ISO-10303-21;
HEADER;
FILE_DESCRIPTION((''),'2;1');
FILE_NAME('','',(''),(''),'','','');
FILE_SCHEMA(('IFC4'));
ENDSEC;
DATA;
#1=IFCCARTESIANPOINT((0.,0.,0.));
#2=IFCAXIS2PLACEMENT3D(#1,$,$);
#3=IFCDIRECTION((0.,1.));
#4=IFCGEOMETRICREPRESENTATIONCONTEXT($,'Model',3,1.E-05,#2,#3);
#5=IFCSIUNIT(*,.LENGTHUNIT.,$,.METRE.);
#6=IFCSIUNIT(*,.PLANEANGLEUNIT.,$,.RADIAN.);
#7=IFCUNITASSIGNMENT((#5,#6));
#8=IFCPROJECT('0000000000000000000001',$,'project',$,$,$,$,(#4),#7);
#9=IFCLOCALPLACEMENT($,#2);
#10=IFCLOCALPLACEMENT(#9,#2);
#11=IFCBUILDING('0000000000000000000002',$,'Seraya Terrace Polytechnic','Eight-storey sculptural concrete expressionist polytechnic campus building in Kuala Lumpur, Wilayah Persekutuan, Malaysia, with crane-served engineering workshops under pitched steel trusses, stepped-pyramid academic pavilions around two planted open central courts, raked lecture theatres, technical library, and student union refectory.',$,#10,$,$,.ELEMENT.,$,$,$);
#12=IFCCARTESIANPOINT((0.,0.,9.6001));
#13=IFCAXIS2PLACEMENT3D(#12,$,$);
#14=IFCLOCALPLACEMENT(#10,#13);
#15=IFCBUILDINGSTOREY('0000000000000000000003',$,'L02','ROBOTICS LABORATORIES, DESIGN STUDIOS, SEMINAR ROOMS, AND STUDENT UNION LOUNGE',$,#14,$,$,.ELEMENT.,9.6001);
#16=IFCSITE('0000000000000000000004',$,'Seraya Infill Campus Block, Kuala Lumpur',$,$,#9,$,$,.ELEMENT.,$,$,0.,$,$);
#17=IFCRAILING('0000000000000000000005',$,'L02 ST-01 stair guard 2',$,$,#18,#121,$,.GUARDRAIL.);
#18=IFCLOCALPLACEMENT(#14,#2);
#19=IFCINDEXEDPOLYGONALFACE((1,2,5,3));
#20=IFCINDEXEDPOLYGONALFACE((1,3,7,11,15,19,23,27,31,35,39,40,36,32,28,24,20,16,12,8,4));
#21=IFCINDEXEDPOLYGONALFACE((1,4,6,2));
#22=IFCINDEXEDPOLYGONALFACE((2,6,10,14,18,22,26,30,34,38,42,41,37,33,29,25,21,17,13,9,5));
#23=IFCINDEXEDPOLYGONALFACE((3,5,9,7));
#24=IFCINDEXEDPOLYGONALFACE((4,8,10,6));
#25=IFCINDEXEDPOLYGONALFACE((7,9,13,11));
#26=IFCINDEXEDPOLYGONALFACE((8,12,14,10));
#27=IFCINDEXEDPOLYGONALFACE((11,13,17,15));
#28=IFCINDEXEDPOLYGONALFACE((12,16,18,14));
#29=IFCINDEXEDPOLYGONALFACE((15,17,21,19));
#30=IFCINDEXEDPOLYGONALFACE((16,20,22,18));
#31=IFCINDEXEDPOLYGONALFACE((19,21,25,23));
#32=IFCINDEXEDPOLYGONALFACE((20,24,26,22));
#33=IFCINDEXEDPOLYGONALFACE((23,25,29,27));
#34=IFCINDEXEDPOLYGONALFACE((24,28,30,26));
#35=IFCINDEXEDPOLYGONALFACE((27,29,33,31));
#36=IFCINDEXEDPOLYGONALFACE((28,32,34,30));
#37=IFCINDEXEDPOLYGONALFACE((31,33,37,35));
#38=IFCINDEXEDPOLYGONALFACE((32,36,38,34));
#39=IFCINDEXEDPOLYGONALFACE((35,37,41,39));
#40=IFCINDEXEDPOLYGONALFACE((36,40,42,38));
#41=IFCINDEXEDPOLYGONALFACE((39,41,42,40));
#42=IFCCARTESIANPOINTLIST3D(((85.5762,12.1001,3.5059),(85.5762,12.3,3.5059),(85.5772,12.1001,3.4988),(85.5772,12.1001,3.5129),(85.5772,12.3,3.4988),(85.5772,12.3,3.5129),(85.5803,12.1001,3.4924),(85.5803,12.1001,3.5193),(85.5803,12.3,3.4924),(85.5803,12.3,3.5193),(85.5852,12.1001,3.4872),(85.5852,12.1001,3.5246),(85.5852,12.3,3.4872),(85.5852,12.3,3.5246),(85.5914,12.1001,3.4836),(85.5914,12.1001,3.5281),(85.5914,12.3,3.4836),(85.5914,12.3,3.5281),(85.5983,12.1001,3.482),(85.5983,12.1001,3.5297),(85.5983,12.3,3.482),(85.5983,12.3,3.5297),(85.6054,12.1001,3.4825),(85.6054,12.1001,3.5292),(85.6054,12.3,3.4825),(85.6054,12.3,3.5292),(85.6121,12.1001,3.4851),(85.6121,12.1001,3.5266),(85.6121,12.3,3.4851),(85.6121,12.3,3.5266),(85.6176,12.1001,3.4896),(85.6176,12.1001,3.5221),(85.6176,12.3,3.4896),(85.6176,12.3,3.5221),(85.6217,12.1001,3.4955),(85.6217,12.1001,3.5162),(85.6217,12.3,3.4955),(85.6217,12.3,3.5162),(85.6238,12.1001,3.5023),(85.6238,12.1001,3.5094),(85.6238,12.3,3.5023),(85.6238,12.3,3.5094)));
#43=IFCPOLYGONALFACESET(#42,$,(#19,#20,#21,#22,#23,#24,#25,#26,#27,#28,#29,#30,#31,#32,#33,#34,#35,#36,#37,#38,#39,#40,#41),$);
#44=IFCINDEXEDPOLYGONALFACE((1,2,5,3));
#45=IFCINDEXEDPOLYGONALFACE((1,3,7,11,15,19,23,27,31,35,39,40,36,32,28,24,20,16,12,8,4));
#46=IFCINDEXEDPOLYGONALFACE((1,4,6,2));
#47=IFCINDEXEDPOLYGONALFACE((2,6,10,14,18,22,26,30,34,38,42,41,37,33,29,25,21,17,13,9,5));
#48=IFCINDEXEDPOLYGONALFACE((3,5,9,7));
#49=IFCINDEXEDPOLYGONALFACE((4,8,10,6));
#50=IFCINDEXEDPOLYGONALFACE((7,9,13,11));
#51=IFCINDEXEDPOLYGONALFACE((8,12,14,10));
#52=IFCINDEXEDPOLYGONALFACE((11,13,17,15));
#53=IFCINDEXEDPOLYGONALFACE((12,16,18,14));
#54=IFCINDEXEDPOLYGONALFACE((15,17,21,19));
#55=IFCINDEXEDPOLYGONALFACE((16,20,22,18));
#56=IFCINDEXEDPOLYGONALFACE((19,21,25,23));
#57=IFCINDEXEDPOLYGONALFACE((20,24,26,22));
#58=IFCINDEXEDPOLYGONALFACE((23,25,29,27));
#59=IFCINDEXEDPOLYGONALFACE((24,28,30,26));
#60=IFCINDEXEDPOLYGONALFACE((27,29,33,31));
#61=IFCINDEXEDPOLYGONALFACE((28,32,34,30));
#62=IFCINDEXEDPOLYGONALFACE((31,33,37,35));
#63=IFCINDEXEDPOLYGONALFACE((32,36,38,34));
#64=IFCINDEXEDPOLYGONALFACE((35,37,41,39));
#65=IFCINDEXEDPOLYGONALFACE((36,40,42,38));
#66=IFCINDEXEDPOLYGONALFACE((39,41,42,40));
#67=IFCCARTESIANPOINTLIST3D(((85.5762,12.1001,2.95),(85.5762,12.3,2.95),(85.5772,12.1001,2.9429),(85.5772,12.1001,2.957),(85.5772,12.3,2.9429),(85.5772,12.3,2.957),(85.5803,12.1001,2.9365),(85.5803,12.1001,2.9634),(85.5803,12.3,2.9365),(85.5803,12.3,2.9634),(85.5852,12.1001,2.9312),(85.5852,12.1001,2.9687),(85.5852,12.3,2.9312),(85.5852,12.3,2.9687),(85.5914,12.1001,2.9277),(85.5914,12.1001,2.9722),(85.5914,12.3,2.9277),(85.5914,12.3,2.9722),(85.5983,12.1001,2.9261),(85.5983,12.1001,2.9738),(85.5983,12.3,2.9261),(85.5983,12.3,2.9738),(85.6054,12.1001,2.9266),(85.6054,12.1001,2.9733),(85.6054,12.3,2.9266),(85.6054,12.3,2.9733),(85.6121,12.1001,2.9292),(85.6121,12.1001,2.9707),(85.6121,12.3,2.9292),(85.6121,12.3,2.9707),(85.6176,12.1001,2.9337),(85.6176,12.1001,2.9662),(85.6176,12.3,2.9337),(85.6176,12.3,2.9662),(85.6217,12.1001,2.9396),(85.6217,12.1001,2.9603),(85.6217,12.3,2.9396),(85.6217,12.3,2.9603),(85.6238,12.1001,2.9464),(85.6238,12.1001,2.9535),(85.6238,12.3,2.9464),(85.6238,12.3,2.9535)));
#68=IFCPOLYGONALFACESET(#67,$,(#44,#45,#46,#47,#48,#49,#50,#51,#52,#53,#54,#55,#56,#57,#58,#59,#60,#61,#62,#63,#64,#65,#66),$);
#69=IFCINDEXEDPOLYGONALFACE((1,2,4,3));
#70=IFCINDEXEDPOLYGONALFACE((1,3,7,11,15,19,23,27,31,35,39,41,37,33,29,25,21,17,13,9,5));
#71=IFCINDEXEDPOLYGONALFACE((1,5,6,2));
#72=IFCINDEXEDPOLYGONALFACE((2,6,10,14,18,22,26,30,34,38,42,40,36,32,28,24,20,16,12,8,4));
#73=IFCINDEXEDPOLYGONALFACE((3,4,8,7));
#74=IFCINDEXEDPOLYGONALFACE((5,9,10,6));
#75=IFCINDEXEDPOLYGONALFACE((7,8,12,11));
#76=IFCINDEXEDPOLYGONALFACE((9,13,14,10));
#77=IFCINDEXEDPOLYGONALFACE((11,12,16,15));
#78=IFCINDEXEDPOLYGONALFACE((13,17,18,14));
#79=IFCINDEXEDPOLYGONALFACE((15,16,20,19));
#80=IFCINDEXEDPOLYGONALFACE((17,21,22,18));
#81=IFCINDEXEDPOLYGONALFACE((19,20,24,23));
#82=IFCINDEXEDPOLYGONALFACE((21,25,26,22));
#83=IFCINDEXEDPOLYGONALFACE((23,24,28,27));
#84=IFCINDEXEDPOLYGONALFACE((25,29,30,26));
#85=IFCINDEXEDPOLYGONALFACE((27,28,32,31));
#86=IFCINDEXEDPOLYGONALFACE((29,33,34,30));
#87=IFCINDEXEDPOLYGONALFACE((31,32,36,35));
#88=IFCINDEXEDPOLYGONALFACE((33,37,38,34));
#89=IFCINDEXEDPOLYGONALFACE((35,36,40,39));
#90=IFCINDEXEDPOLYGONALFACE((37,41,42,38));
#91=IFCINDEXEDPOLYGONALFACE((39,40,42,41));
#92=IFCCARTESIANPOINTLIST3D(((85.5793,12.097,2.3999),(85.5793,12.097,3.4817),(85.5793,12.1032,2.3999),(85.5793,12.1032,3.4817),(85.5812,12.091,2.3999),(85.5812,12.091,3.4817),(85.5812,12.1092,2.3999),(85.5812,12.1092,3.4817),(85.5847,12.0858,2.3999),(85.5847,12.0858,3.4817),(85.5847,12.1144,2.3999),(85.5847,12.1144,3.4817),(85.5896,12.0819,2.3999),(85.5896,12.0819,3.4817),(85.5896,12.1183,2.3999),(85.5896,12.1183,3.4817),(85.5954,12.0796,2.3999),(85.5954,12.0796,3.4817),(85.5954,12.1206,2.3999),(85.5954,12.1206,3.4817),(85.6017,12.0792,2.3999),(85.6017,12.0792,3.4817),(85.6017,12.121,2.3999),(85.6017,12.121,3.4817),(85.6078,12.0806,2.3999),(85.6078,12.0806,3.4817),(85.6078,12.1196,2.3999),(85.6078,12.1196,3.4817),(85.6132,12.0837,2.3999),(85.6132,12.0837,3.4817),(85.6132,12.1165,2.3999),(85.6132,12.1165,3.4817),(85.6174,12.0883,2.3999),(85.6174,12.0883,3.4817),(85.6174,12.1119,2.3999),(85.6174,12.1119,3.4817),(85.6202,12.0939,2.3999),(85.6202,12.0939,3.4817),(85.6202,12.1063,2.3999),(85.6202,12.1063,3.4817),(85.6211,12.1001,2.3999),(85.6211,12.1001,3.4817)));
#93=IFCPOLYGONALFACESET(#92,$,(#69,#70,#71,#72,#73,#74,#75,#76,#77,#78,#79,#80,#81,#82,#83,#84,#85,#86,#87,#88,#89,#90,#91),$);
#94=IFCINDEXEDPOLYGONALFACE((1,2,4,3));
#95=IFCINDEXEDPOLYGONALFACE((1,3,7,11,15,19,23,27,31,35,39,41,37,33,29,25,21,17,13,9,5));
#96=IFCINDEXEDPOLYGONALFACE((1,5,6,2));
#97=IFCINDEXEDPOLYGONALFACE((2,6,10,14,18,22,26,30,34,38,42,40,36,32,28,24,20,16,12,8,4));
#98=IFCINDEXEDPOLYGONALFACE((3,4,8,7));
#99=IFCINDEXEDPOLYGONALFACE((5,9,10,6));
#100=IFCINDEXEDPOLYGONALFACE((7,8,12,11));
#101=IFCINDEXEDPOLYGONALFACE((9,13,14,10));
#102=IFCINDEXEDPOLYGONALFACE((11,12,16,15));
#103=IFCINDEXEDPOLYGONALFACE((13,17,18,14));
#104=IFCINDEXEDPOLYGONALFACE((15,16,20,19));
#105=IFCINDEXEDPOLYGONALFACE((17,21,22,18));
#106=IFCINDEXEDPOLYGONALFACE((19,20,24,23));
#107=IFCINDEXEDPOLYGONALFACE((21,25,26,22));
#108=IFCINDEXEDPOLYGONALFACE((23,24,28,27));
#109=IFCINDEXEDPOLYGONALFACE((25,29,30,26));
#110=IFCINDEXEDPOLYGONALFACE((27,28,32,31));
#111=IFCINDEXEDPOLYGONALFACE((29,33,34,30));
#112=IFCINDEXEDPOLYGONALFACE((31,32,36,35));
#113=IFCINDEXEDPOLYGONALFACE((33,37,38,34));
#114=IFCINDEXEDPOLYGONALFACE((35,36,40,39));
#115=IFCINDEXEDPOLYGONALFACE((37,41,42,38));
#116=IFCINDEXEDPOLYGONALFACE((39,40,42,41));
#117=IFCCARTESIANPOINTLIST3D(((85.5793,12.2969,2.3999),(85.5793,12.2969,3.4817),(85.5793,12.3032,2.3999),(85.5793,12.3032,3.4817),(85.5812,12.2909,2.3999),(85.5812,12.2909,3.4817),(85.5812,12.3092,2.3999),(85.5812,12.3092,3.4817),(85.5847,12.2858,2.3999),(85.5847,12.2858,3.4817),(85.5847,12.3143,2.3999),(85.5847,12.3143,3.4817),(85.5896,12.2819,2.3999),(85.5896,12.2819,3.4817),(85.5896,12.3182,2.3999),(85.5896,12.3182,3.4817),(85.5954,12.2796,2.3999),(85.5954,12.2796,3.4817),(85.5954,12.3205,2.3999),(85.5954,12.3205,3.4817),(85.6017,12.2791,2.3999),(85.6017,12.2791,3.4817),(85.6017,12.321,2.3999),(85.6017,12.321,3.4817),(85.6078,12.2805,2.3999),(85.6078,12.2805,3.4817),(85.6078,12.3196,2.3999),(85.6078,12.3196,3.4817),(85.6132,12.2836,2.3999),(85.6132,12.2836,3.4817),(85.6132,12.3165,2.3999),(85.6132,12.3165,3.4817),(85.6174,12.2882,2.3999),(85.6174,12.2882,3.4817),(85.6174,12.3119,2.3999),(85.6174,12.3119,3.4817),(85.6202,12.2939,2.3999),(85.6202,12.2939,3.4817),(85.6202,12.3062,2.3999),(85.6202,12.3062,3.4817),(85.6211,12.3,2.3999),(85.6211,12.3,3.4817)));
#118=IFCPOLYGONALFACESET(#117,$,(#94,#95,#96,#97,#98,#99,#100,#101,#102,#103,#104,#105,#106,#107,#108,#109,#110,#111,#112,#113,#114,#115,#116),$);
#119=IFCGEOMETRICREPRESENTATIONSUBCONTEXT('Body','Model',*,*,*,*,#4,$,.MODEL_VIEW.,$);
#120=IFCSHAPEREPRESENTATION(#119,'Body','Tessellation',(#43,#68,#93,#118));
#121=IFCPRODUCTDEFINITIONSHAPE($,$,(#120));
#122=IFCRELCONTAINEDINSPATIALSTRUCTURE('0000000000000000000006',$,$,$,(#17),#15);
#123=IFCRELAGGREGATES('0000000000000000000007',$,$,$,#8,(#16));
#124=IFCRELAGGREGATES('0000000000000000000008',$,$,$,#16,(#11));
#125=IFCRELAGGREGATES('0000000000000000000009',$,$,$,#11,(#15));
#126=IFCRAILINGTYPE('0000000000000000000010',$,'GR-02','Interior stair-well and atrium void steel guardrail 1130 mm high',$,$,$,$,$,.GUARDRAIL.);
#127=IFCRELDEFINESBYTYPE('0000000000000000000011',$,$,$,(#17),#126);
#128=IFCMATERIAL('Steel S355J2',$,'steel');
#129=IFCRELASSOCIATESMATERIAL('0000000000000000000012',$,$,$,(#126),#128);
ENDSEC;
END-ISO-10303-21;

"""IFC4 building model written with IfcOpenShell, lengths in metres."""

from ifc_helpers import new_model, si_unit, direction, frame, origin, origin_2d, place, context, subcontext, project, spatial, circle, extrude, material, type_object, element, save


model = new_model("IFC4")

# Units and contexts
model_context = context("Model", 3, precision=1e-05, world=origin(), true_north=direction((0.0, 1.0)))
body_context = subcontext(model_context, "Body", "Model", "MODEL_VIEW")
ifc_project = project(units=[si_unit("LENGTHUNIT", "METRE"), si_unit("PLANEANGLEUNIT", "RADIAN")], contexts=[model_context])

# Site, building, storey
site_placement = place(None, origin())
site = spatial("IfcSite", under=ifc_project, at=site_placement, Name="Seraya Infill Campus Block, Kuala Lumpur", CompositionType="ELEMENT", RefElevation=0.0)
building_placement = place(site_placement, origin())
building = spatial("IfcBuilding", under=site, at=building_placement, Name="Seraya Terrace Polytechnic", Description="Eight-storey sculptural concrete expressionist polytechnic campus building in Kuala Lumpur, Wilayah Persekutuan, Malaysia, with crane-served engineering workshops under pitched steel trusses, stepped-pyramid academic pavilions around two planted open central courts, raked lecture theatres, technical library, and student union refectory.", CompositionType="ELEMENT")
storey_placement = place(building_placement, frame((0.0, 0.0, 9.6001)))
storey = spatial("IfcBuildingStorey", under=building, at=storey_placement, Name="L02", Description="ROBOTICS LABORATORIES, DESIGN STUDIOS, SEMINAR ROOMS, AND STUDENT UNION LOUNGE", CompositionType="ELEMENT", Elevation=9.6001)

# Railing
ifc_material_1 = material(Name="Steel S355J2", Category="steel")
railing_type_1 = type_object("IfcRailingType", Name="GR-02", Description="Interior stair-well and atrium void steel guardrail 1130 mm high", PredefinedType="GUARDRAIL", material=ifc_material_1)
railing_1_placement = place(storey_placement, frame((85.6001, 12.1001, 2.3999)))
element("IfcRailing", 1, at=railing_1_placement, inside=storey, type_object=railing_type_1, Name="L02 ST-01 stair guard 2", PredefinedType="GUARDRAIL", context=body_context, shape_type="SweptSolid", body=[
    extrude(circle(Radius=0.0239, at=origin_2d()), frame((0.0, 0.0, 1.106), z_axis=(0.0, 1.0, 0.0), x_axis=(-1.0, 0.0, 0.0)), (0.0, 0.0, 1.0), 0.2),
    extrude(circle(Radius=0.0239, at=origin_2d()), frame((0.0, 0.0, 0.55), z_axis=(0.0, 1.0, 0.0), x_axis=(-1.0, 0.0, 0.0)), (0.0, 0.0, 1.0), 0.2),
    extrude(circle(Radius=0.021, at=origin_2d()), origin(), (0.0, 0.0, 1.0), 1.0818),
    extrude(circle(Radius=0.021, at=origin_2d()), frame((0.0, 0.2, 0.0)), (0.0, 0.0, 1.0), 1.0818),
])

save(model, "model.ifc")
